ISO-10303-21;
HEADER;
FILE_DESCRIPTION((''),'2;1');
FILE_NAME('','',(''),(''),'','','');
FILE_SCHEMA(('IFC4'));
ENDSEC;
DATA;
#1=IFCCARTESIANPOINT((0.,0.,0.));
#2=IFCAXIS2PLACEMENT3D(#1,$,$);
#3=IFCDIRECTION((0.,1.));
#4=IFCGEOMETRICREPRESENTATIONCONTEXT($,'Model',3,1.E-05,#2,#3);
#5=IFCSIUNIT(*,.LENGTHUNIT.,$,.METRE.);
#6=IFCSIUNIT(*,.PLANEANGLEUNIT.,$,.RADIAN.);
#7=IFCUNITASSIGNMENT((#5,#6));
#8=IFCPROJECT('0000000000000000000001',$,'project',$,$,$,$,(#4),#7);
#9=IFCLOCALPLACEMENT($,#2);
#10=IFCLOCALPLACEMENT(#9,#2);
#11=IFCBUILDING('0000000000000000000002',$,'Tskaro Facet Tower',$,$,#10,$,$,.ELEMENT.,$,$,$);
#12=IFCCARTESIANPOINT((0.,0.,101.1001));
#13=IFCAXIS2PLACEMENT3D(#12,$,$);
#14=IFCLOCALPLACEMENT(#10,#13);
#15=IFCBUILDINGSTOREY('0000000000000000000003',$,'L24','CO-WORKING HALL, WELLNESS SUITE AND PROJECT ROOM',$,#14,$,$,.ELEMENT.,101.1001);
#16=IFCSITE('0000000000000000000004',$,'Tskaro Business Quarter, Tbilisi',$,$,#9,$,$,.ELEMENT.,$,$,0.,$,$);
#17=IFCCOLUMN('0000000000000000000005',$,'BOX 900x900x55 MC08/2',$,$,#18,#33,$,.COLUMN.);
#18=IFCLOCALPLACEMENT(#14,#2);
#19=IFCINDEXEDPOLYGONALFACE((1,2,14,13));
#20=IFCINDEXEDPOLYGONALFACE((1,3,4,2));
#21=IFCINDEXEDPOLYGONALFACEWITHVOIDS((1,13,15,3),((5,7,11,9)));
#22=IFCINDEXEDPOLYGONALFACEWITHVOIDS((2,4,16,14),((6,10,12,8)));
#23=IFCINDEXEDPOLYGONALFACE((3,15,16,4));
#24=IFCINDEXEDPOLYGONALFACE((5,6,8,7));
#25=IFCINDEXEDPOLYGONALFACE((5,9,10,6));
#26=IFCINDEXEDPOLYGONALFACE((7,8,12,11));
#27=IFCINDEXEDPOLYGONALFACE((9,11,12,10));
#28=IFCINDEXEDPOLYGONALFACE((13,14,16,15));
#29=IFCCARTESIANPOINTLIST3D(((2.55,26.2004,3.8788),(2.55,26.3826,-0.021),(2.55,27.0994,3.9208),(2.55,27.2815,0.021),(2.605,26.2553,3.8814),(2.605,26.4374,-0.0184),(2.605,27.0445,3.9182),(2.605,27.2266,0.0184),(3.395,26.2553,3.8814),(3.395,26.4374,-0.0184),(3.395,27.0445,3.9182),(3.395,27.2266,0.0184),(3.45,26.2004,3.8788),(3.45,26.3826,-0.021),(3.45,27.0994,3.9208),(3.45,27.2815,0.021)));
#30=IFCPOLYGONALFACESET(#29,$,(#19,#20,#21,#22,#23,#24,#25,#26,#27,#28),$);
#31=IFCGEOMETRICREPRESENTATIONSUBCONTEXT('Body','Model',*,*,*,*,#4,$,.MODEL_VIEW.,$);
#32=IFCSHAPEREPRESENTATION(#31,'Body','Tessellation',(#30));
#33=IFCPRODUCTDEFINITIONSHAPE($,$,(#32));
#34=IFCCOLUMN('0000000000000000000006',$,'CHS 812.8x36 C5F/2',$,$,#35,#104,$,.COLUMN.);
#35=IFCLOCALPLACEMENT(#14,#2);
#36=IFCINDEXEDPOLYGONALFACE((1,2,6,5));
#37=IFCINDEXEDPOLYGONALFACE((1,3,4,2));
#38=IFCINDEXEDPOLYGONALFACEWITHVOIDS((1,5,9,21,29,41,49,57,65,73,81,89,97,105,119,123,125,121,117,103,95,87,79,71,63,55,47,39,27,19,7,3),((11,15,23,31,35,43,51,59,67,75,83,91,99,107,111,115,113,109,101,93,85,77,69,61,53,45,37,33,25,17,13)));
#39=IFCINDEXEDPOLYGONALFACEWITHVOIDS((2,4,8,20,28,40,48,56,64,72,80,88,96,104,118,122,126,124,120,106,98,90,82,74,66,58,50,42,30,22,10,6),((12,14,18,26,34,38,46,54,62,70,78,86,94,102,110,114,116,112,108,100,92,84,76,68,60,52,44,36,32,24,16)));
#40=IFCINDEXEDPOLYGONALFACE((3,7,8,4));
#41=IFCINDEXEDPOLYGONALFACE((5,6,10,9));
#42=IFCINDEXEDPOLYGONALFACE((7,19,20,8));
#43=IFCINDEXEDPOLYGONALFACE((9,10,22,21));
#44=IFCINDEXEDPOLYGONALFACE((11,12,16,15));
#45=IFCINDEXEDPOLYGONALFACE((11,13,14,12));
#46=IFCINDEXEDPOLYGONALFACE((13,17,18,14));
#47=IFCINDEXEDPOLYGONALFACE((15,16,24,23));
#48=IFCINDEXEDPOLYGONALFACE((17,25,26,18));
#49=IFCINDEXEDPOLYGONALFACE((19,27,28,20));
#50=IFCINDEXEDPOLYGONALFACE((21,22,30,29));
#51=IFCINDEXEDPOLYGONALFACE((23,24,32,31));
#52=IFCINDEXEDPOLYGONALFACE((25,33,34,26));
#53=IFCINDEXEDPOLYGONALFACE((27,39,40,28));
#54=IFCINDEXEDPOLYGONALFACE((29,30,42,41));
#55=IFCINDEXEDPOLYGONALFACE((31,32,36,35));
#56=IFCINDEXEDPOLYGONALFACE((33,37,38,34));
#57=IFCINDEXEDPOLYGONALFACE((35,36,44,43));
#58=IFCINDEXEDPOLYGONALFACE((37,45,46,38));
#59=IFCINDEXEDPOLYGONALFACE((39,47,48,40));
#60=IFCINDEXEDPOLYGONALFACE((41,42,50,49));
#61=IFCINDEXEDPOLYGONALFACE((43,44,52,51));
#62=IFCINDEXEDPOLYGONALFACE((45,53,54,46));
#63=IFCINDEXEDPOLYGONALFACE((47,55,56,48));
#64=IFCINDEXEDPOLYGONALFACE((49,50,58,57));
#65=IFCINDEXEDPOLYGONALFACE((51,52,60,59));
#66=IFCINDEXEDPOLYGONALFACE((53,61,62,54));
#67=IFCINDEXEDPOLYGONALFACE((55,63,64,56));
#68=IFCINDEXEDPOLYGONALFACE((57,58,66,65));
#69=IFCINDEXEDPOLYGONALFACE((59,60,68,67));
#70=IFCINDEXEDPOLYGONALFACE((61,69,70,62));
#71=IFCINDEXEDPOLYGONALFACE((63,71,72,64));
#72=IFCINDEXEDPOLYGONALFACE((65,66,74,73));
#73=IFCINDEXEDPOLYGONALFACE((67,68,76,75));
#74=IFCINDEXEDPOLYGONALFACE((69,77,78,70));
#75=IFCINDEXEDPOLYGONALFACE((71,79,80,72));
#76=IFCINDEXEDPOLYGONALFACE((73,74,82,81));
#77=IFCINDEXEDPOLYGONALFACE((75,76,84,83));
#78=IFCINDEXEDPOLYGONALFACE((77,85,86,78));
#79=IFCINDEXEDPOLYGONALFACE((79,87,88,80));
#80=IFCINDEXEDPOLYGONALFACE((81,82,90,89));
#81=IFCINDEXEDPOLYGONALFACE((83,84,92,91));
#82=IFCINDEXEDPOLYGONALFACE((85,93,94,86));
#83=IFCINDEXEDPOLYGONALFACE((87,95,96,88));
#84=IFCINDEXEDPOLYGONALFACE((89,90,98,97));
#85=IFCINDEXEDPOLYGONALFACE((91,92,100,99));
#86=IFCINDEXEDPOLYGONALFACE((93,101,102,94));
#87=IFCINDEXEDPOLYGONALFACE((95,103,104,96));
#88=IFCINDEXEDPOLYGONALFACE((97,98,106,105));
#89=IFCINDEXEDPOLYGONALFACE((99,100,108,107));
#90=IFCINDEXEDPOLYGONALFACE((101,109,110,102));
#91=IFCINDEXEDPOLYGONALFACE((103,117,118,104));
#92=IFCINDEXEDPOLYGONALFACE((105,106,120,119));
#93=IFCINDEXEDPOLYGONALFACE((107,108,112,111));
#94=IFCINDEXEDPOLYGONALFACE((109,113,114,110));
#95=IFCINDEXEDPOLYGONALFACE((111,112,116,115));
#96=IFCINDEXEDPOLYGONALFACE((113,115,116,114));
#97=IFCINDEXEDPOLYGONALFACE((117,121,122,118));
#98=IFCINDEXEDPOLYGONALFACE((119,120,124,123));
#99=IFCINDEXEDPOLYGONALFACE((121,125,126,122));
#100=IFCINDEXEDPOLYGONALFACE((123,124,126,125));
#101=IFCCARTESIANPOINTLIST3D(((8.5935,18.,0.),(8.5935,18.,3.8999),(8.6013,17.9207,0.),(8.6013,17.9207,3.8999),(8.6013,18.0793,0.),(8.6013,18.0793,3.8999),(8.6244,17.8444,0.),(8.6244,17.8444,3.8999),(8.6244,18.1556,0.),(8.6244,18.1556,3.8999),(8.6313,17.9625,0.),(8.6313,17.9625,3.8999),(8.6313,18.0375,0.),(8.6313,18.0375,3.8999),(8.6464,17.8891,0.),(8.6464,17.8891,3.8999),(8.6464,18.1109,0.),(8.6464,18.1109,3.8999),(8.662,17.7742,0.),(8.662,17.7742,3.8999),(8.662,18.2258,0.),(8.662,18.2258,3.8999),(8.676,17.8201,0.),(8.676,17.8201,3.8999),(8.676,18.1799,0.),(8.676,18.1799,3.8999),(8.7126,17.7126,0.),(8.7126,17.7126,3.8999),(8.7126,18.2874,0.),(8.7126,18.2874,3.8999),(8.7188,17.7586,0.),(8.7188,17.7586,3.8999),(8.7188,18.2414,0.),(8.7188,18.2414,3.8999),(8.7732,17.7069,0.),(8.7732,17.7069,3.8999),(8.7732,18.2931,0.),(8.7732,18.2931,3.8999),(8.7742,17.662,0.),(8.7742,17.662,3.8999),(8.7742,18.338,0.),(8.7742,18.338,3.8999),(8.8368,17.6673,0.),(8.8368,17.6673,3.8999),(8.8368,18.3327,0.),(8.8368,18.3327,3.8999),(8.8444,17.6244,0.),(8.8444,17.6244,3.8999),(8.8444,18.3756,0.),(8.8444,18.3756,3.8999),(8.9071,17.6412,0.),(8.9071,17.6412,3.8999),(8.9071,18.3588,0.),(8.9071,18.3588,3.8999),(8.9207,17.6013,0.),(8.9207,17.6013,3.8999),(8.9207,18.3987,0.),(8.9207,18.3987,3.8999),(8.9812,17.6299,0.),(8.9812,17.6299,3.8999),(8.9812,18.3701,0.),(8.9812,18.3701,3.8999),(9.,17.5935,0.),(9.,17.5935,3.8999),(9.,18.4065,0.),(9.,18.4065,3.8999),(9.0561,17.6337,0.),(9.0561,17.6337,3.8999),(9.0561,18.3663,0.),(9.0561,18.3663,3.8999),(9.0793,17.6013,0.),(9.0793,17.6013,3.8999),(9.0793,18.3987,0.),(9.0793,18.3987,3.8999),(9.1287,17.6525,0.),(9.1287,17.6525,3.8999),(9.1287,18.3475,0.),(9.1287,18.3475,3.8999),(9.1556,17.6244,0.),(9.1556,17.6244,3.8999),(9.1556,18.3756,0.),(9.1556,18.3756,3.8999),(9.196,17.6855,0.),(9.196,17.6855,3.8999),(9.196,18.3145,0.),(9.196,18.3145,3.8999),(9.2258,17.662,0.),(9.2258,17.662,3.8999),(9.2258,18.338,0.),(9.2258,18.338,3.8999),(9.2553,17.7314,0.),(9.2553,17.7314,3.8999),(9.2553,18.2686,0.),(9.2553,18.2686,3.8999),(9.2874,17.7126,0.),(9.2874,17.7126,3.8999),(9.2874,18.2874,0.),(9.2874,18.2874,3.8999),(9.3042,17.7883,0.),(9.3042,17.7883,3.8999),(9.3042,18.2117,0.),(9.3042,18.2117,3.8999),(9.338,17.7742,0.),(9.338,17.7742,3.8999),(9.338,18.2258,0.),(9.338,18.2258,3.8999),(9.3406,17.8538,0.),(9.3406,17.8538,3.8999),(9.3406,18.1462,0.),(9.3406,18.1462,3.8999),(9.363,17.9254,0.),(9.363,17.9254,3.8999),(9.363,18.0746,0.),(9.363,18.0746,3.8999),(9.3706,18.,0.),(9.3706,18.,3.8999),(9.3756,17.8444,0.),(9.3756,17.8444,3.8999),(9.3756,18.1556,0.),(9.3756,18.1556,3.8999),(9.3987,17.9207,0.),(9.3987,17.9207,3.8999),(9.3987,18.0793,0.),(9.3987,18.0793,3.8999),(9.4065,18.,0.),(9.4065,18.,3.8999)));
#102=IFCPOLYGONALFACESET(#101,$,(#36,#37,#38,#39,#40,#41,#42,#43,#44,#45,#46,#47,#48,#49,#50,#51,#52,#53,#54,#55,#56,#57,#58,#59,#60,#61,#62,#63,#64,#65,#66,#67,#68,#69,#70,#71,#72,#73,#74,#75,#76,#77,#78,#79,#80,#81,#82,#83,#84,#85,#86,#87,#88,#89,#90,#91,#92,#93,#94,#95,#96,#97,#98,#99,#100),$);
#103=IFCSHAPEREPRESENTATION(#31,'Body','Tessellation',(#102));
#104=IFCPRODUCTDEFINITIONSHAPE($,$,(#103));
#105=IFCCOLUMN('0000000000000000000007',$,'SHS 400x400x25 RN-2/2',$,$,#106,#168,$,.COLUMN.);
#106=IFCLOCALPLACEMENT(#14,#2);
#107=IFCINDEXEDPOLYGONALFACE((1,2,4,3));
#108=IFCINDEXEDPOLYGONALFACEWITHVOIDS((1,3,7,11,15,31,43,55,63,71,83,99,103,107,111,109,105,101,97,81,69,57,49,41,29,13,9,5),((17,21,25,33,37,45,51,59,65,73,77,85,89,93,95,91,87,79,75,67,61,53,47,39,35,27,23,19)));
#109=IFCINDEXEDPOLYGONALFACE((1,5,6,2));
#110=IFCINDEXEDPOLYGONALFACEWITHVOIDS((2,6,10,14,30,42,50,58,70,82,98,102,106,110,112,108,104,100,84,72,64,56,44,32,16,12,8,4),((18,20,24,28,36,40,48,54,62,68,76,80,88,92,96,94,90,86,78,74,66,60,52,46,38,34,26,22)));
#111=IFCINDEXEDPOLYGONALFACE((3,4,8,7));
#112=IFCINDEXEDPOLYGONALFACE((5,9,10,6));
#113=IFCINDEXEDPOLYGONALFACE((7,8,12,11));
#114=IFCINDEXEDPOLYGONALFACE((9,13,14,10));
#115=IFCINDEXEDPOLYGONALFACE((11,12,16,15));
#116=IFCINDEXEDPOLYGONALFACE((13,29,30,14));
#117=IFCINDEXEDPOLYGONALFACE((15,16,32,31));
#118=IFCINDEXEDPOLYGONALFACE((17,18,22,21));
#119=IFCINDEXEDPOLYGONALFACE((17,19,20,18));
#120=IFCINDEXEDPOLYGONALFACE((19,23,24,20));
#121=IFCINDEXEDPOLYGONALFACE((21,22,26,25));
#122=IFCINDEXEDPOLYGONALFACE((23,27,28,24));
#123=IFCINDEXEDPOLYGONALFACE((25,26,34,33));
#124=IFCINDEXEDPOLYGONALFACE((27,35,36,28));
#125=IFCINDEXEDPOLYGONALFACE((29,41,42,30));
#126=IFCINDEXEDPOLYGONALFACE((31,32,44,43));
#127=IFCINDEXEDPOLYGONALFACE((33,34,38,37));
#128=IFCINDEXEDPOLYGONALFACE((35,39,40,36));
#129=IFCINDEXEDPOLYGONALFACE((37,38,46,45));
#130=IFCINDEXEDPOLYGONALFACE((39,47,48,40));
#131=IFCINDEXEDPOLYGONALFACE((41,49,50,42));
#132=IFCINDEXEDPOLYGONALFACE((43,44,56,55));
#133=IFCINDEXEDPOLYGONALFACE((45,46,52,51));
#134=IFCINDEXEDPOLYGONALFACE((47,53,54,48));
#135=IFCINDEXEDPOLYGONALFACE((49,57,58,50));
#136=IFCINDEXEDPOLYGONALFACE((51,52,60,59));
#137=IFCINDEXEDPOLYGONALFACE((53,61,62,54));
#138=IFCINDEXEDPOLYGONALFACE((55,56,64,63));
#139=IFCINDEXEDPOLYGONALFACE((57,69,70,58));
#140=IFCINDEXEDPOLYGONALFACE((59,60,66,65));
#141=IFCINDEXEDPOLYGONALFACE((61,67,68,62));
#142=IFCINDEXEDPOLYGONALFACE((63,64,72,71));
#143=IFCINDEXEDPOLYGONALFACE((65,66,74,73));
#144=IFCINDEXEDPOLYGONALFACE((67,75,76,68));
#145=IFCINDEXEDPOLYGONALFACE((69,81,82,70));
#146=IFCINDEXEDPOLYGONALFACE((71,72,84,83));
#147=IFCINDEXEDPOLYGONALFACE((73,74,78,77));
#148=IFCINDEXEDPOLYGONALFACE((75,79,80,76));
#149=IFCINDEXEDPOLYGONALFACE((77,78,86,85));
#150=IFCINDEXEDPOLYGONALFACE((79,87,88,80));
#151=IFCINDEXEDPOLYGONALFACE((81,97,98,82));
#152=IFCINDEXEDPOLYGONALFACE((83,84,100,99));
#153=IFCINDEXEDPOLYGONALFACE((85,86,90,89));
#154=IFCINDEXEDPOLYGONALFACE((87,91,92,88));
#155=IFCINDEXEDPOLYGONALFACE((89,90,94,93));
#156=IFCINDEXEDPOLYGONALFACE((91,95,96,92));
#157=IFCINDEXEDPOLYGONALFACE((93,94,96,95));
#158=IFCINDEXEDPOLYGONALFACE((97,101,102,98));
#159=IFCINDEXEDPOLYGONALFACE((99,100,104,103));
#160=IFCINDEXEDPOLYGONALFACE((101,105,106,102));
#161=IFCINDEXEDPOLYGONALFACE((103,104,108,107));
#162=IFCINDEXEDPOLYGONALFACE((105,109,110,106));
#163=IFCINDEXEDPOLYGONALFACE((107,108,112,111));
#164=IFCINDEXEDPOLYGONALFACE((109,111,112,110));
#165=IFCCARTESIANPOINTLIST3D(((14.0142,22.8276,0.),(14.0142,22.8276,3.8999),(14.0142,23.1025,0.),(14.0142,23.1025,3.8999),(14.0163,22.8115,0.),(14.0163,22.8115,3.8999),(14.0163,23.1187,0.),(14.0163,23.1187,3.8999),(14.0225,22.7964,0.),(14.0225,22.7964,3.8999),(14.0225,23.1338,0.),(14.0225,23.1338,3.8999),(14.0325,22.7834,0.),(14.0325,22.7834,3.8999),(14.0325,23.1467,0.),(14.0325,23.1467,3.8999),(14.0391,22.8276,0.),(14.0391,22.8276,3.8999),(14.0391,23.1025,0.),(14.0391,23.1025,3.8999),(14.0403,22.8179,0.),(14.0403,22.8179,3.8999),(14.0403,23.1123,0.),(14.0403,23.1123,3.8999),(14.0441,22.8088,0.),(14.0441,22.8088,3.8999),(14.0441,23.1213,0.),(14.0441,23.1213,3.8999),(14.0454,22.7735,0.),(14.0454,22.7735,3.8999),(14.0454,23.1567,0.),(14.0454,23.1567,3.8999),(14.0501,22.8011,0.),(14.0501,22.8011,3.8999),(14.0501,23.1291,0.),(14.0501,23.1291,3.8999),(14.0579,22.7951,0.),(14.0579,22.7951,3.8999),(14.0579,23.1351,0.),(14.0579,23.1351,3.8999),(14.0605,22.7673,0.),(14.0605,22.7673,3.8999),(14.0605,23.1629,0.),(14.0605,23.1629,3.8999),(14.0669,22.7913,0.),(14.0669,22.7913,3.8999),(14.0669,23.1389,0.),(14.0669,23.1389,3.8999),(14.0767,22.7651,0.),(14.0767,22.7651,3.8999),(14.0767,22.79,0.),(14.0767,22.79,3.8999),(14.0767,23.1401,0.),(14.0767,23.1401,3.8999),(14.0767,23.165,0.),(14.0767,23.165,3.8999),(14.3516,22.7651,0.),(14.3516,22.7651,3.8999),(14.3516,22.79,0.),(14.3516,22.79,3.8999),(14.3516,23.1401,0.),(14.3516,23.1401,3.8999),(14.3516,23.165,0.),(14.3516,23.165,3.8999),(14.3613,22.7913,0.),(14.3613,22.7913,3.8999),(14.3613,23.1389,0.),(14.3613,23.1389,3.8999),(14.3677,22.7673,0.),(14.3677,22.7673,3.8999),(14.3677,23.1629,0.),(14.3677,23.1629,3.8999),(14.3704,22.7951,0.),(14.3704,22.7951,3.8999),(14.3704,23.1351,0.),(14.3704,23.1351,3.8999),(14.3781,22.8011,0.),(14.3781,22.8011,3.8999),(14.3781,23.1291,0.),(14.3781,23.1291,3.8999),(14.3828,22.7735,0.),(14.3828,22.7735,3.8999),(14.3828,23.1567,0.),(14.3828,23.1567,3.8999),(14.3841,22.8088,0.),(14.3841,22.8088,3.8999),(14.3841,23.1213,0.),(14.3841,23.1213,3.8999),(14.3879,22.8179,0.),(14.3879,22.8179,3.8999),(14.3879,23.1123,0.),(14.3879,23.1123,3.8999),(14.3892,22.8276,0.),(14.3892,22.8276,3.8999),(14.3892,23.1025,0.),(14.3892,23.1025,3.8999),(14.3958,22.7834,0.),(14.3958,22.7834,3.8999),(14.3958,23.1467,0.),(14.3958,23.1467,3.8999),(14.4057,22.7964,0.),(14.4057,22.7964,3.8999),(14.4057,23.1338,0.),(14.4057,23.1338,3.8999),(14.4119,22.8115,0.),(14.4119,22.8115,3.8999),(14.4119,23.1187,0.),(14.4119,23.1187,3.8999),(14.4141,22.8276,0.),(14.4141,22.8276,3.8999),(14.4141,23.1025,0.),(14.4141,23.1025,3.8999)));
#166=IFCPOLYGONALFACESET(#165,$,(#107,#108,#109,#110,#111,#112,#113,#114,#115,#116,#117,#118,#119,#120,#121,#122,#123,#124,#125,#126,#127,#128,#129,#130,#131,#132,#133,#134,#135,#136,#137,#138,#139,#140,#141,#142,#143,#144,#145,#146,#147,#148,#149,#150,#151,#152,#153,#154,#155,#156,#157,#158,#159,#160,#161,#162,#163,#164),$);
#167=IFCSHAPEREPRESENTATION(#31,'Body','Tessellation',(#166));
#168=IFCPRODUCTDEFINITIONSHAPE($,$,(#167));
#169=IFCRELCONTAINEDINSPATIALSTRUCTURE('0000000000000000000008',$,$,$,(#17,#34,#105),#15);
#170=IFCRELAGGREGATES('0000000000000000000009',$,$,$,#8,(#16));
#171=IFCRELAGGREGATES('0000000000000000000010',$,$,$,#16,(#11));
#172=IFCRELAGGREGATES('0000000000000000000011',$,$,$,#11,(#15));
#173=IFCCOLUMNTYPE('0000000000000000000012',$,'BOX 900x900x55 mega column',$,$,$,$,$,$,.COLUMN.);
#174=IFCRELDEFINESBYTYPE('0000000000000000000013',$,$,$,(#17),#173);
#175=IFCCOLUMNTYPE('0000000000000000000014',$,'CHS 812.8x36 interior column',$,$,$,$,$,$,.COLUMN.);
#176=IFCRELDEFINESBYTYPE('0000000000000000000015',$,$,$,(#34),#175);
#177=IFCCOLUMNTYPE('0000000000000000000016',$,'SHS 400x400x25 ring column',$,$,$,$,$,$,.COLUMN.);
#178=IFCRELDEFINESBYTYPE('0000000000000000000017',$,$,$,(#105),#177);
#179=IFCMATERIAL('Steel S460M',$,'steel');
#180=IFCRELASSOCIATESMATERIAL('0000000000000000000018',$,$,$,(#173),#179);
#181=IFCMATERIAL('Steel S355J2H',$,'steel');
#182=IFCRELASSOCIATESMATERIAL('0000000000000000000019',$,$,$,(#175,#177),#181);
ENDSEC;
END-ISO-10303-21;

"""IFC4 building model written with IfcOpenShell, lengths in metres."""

from ifc_helpers import new_model, si_unit, direction, frame, origin, origin_2d, place, context, subcontext, project, spatial, hollow_rectangle, hollow_circle, extrude, material, material_profile, profile_set, type_object, element, save


model = new_model("IFC4")

# Units and contexts
model_context = context("Model", 3, precision=1e-05, world=origin(), true_north=direction((0.0, 1.0)))
body_context = subcontext(model_context, "Body", "Model", "MODEL_VIEW")
ifc_project = project(units=[si_unit("LENGTHUNIT", "METRE"), si_unit("PLANEANGLEUNIT", "RADIAN")], contexts=[model_context])

# Site, building, storey
site_placement = place(None, origin())
site = spatial("IfcSite", under=ifc_project, at=site_placement, Name="Tskaro Business Quarter, Tbilisi", CompositionType="ELEMENT", RefElevation=0.0)
building_placement = place(site_placement, origin())
building = spatial("IfcBuilding", under=site, at=building_placement, Name="Tskaro Facet Tower", CompositionType="ELEMENT")
storey_placement = place(building_placement, frame((0.0, 0.0, 101.1001)))
storey = spatial("IfcBuildingStorey", under=building, at=storey_placement, Name="L24", Description="CO-WORKING HALL, WELLNESS SUITE AND PROJECT ROOM", CompositionType="ELEMENT", Elevation=101.1001)

# Columns
ifc_material_1 = material(Name="Steel S460M", Category="steel")
ifc_material_profile_1 = material_profile(ifc_material_1, hollow_rectangle(XDim=0.8999, YDim=0.8999, WallThickness=0.0549, at=origin_2d()), Name="BOX 900x900x55")
ifc_profile_set_1 = profile_set([ifc_material_profile_1], Name="Steel S460M")
column_type_1 = type_object("IfcColumnType", Name="BOX 900x900x55 mega column", PredefinedType="COLUMN", material=ifc_profile_set_1)
column_1_placement = place(storey_placement, frame((3.0, 26.832, 0.0), z_axis=(0.0, -0.04665, 0.998911), x_axis=(1.0, 0.0, 0.0)))
element("IfcColumn", 1, at=column_1_placement, inside=storey, type_object=column_type_1, Name="BOX 900x900x55 MC08/2", PredefinedType="COLUMN", context=body_context, shape_type="SweptSolid", body=[
    extrude(hollow_rectangle(XDim=0.8999, YDim=0.8999, WallThickness=0.0549, at=origin_2d()), origin(), (0.0, 0.0, 1.0), 3.9041),
])
ifc_material_2 = material(Name="Steel S355J2H", Category="steel")
ifc_material_profile_2 = material_profile(ifc_material_2, hollow_circle(Radius=0.4065, WallThickness=0.0359, at=origin_2d()), Name="CHS 812.8x36")
ifc_profile_set_2 = profile_set([ifc_material_profile_2], Name="Steel S355J2H")
column_type_2 = type_object("IfcColumnType", Name="CHS 812.8x36 interior column", PredefinedType="COLUMN", material=ifc_profile_set_2)
column_2_placement = place(storey_placement, frame((9.0, 18.0, 0.0), z_axis=(0.0, 0.0, 1.0), x_axis=(1.0, 0.0, 0.0)))
element("IfcColumn", 2, at=column_2_placement, inside=storey, type_object=column_type_2, Name="CHS 812.8x36 C5F/2", PredefinedType="COLUMN", context=body_context, shape_type="SweptSolid", body=[
    extrude(hollow_circle(Radius=0.4065, WallThickness=0.0359, at=origin_2d()), origin(), (0.0, 0.0, 1.0), 3.8999),
])
ifc_material_profile_3 = material_profile(ifc_material_2, hollow_rectangle(XDim=0.3999, YDim=0.3999, WallThickness=0.0249, InnerFilletRadius=0.0376, OuterFilletRadius=0.0625, at=origin_2d()), Name="SHS 400x400x25")
ifc_profile_set_3 = profile_set([ifc_material_profile_3], Name="Steel S355J2H")
column_type_3 = type_object("IfcColumnType", Name="SHS 400x400x25 ring column", PredefinedType="COLUMN", material=ifc_profile_set_3)
for number, where, z_axis, x_axis, name in (
    (3, (14.2141, 22.9651, 0.0), (0.0, 0.0, 1.0), (1.0, 0.0, 0.0), "SHS 400x400x25 RN-2/2"),
):
    element("IfcColumn", number, at=place(storey_placement, frame(where, z_axis=z_axis, x_axis=x_axis)), inside=storey, type_object=column_type_3, Name=name, PredefinedType="COLUMN", context=body_context, shape_type="SweptSolid", body=[
        extrude(hollow_rectangle(XDim=0.3999, YDim=0.3999, WallThickness=0.0249, InnerFilletRadius=0.0376, OuterFilletRadius=0.0625, at=origin_2d()), origin(), (0.0, 0.0, 1.0), 3.8999),
    ])

save(model, "model.ifc")
